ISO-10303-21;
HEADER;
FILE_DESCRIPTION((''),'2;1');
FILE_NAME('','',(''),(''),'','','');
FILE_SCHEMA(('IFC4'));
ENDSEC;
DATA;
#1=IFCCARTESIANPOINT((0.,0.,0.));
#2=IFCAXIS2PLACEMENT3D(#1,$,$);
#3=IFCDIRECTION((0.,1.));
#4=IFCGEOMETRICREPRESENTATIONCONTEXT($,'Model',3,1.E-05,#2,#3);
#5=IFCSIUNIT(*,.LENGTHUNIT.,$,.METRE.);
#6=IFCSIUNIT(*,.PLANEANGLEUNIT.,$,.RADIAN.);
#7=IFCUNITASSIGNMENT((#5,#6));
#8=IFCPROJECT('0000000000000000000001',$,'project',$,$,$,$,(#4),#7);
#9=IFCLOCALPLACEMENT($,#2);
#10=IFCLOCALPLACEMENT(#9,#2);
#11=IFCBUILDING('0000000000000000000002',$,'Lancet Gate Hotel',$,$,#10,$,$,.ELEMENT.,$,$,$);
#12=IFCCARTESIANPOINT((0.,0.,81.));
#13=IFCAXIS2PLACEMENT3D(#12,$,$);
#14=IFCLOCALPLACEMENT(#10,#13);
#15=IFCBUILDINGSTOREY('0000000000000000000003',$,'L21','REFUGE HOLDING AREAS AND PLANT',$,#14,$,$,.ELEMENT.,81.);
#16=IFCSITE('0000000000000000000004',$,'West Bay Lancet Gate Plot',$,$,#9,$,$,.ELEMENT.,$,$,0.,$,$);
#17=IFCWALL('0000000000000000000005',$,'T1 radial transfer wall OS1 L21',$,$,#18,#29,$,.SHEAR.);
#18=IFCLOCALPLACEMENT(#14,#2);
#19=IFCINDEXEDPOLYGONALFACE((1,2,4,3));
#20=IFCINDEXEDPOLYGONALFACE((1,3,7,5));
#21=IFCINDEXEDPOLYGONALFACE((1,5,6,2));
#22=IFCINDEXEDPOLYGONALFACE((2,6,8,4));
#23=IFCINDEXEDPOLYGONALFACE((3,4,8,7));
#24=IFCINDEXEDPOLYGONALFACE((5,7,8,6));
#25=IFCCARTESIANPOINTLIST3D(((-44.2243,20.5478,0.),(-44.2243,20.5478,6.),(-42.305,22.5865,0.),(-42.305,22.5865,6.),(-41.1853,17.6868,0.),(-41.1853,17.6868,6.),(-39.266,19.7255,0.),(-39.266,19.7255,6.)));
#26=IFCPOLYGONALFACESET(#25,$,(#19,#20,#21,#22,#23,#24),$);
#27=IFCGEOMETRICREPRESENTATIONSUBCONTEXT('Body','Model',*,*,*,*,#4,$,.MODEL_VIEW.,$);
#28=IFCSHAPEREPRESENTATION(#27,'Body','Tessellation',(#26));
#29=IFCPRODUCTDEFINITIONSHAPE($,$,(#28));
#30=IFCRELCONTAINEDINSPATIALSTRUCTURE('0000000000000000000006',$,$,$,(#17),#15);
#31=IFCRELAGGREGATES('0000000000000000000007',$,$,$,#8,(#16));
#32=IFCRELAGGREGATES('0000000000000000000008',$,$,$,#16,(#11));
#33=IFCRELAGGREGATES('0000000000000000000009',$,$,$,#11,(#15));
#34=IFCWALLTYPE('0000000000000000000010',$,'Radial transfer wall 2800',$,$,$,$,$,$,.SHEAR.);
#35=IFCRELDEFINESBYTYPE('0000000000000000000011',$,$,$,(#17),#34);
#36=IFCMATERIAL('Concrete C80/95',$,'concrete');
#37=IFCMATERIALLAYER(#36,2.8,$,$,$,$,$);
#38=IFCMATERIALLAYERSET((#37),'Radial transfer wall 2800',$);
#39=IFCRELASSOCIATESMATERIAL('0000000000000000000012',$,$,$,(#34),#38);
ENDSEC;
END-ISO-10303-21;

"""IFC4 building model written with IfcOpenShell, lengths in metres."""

from ifc_helpers import new_model, si_unit, direction, frame, frame_2d, origin, place, context, subcontext, project, spatial, rectangle, extrude, material, layer, layer_set, type_object, element, save


model = new_model("IFC4")

# Units and contexts
model_context = context("Model", 3, precision=1e-05, world=origin(), true_north=direction((0.0, 1.0)))
body_context = subcontext(model_context, "Body", "Model", "MODEL_VIEW")
ifc_project = project(units=[si_unit("LENGTHUNIT", "METRE"), si_unit("PLANEANGLEUNIT", "RADIAN")], contexts=[model_context])

# Site, building, storey
site_placement = place(None, origin())
site = spatial("IfcSite", under=ifc_project, at=site_placement, Name="West Bay Lancet Gate Plot", CompositionType="ELEMENT", RefElevation=0.0)
building_placement = place(site_placement, origin())
building = spatial("IfcBuilding", under=site, at=building_placement, Name="Lancet Gate Hotel", CompositionType="ELEMENT")
storey_placement = place(building_placement, frame((0.0, 0.0, 81.0)))
storey = spatial("IfcBuildingStorey", under=building, at=storey_placement, Name="L21", Description="REFUGE HOLDING AREAS AND PLANT", CompositionType="ELEMENT", Elevation=81.0)

# Wall
ifc_material_1 = material(Name="Concrete C80/95", Category="concrete")
ifc_layer_1 = layer(ifc_material_1, 2.8)
ifc_layer_set_1 = layer_set([ifc_layer_1], Name="Radial transfer wall 2800")
wall_type = type_object("IfcWallType", Name="Radial transfer wall 2800", PredefinedType="SHEAR", material=ifc_layer_set_1)
wall_placement = place(storey_placement, frame((-43.2646, 21.5671, 0.0), z_axis=(0.0, 0.0, 1.0), x_axis=(0.728106, -0.685465, 0.0)))
element("IfcWall", 1, at=wall_placement, inside=storey, type_object=wall_type, Name="T1 radial transfer wall OS1 L21", PredefinedType="SHEAR", context=body_context, shape_type="SweptSolid", body=[
    extrude(rectangle(XDim=4.1738, YDim=2.8, at=frame_2d((2.0869, 0.0))), origin(), (0.0, 0.0, 1.0), 6.0),
])

save(model, "model.ifc")
